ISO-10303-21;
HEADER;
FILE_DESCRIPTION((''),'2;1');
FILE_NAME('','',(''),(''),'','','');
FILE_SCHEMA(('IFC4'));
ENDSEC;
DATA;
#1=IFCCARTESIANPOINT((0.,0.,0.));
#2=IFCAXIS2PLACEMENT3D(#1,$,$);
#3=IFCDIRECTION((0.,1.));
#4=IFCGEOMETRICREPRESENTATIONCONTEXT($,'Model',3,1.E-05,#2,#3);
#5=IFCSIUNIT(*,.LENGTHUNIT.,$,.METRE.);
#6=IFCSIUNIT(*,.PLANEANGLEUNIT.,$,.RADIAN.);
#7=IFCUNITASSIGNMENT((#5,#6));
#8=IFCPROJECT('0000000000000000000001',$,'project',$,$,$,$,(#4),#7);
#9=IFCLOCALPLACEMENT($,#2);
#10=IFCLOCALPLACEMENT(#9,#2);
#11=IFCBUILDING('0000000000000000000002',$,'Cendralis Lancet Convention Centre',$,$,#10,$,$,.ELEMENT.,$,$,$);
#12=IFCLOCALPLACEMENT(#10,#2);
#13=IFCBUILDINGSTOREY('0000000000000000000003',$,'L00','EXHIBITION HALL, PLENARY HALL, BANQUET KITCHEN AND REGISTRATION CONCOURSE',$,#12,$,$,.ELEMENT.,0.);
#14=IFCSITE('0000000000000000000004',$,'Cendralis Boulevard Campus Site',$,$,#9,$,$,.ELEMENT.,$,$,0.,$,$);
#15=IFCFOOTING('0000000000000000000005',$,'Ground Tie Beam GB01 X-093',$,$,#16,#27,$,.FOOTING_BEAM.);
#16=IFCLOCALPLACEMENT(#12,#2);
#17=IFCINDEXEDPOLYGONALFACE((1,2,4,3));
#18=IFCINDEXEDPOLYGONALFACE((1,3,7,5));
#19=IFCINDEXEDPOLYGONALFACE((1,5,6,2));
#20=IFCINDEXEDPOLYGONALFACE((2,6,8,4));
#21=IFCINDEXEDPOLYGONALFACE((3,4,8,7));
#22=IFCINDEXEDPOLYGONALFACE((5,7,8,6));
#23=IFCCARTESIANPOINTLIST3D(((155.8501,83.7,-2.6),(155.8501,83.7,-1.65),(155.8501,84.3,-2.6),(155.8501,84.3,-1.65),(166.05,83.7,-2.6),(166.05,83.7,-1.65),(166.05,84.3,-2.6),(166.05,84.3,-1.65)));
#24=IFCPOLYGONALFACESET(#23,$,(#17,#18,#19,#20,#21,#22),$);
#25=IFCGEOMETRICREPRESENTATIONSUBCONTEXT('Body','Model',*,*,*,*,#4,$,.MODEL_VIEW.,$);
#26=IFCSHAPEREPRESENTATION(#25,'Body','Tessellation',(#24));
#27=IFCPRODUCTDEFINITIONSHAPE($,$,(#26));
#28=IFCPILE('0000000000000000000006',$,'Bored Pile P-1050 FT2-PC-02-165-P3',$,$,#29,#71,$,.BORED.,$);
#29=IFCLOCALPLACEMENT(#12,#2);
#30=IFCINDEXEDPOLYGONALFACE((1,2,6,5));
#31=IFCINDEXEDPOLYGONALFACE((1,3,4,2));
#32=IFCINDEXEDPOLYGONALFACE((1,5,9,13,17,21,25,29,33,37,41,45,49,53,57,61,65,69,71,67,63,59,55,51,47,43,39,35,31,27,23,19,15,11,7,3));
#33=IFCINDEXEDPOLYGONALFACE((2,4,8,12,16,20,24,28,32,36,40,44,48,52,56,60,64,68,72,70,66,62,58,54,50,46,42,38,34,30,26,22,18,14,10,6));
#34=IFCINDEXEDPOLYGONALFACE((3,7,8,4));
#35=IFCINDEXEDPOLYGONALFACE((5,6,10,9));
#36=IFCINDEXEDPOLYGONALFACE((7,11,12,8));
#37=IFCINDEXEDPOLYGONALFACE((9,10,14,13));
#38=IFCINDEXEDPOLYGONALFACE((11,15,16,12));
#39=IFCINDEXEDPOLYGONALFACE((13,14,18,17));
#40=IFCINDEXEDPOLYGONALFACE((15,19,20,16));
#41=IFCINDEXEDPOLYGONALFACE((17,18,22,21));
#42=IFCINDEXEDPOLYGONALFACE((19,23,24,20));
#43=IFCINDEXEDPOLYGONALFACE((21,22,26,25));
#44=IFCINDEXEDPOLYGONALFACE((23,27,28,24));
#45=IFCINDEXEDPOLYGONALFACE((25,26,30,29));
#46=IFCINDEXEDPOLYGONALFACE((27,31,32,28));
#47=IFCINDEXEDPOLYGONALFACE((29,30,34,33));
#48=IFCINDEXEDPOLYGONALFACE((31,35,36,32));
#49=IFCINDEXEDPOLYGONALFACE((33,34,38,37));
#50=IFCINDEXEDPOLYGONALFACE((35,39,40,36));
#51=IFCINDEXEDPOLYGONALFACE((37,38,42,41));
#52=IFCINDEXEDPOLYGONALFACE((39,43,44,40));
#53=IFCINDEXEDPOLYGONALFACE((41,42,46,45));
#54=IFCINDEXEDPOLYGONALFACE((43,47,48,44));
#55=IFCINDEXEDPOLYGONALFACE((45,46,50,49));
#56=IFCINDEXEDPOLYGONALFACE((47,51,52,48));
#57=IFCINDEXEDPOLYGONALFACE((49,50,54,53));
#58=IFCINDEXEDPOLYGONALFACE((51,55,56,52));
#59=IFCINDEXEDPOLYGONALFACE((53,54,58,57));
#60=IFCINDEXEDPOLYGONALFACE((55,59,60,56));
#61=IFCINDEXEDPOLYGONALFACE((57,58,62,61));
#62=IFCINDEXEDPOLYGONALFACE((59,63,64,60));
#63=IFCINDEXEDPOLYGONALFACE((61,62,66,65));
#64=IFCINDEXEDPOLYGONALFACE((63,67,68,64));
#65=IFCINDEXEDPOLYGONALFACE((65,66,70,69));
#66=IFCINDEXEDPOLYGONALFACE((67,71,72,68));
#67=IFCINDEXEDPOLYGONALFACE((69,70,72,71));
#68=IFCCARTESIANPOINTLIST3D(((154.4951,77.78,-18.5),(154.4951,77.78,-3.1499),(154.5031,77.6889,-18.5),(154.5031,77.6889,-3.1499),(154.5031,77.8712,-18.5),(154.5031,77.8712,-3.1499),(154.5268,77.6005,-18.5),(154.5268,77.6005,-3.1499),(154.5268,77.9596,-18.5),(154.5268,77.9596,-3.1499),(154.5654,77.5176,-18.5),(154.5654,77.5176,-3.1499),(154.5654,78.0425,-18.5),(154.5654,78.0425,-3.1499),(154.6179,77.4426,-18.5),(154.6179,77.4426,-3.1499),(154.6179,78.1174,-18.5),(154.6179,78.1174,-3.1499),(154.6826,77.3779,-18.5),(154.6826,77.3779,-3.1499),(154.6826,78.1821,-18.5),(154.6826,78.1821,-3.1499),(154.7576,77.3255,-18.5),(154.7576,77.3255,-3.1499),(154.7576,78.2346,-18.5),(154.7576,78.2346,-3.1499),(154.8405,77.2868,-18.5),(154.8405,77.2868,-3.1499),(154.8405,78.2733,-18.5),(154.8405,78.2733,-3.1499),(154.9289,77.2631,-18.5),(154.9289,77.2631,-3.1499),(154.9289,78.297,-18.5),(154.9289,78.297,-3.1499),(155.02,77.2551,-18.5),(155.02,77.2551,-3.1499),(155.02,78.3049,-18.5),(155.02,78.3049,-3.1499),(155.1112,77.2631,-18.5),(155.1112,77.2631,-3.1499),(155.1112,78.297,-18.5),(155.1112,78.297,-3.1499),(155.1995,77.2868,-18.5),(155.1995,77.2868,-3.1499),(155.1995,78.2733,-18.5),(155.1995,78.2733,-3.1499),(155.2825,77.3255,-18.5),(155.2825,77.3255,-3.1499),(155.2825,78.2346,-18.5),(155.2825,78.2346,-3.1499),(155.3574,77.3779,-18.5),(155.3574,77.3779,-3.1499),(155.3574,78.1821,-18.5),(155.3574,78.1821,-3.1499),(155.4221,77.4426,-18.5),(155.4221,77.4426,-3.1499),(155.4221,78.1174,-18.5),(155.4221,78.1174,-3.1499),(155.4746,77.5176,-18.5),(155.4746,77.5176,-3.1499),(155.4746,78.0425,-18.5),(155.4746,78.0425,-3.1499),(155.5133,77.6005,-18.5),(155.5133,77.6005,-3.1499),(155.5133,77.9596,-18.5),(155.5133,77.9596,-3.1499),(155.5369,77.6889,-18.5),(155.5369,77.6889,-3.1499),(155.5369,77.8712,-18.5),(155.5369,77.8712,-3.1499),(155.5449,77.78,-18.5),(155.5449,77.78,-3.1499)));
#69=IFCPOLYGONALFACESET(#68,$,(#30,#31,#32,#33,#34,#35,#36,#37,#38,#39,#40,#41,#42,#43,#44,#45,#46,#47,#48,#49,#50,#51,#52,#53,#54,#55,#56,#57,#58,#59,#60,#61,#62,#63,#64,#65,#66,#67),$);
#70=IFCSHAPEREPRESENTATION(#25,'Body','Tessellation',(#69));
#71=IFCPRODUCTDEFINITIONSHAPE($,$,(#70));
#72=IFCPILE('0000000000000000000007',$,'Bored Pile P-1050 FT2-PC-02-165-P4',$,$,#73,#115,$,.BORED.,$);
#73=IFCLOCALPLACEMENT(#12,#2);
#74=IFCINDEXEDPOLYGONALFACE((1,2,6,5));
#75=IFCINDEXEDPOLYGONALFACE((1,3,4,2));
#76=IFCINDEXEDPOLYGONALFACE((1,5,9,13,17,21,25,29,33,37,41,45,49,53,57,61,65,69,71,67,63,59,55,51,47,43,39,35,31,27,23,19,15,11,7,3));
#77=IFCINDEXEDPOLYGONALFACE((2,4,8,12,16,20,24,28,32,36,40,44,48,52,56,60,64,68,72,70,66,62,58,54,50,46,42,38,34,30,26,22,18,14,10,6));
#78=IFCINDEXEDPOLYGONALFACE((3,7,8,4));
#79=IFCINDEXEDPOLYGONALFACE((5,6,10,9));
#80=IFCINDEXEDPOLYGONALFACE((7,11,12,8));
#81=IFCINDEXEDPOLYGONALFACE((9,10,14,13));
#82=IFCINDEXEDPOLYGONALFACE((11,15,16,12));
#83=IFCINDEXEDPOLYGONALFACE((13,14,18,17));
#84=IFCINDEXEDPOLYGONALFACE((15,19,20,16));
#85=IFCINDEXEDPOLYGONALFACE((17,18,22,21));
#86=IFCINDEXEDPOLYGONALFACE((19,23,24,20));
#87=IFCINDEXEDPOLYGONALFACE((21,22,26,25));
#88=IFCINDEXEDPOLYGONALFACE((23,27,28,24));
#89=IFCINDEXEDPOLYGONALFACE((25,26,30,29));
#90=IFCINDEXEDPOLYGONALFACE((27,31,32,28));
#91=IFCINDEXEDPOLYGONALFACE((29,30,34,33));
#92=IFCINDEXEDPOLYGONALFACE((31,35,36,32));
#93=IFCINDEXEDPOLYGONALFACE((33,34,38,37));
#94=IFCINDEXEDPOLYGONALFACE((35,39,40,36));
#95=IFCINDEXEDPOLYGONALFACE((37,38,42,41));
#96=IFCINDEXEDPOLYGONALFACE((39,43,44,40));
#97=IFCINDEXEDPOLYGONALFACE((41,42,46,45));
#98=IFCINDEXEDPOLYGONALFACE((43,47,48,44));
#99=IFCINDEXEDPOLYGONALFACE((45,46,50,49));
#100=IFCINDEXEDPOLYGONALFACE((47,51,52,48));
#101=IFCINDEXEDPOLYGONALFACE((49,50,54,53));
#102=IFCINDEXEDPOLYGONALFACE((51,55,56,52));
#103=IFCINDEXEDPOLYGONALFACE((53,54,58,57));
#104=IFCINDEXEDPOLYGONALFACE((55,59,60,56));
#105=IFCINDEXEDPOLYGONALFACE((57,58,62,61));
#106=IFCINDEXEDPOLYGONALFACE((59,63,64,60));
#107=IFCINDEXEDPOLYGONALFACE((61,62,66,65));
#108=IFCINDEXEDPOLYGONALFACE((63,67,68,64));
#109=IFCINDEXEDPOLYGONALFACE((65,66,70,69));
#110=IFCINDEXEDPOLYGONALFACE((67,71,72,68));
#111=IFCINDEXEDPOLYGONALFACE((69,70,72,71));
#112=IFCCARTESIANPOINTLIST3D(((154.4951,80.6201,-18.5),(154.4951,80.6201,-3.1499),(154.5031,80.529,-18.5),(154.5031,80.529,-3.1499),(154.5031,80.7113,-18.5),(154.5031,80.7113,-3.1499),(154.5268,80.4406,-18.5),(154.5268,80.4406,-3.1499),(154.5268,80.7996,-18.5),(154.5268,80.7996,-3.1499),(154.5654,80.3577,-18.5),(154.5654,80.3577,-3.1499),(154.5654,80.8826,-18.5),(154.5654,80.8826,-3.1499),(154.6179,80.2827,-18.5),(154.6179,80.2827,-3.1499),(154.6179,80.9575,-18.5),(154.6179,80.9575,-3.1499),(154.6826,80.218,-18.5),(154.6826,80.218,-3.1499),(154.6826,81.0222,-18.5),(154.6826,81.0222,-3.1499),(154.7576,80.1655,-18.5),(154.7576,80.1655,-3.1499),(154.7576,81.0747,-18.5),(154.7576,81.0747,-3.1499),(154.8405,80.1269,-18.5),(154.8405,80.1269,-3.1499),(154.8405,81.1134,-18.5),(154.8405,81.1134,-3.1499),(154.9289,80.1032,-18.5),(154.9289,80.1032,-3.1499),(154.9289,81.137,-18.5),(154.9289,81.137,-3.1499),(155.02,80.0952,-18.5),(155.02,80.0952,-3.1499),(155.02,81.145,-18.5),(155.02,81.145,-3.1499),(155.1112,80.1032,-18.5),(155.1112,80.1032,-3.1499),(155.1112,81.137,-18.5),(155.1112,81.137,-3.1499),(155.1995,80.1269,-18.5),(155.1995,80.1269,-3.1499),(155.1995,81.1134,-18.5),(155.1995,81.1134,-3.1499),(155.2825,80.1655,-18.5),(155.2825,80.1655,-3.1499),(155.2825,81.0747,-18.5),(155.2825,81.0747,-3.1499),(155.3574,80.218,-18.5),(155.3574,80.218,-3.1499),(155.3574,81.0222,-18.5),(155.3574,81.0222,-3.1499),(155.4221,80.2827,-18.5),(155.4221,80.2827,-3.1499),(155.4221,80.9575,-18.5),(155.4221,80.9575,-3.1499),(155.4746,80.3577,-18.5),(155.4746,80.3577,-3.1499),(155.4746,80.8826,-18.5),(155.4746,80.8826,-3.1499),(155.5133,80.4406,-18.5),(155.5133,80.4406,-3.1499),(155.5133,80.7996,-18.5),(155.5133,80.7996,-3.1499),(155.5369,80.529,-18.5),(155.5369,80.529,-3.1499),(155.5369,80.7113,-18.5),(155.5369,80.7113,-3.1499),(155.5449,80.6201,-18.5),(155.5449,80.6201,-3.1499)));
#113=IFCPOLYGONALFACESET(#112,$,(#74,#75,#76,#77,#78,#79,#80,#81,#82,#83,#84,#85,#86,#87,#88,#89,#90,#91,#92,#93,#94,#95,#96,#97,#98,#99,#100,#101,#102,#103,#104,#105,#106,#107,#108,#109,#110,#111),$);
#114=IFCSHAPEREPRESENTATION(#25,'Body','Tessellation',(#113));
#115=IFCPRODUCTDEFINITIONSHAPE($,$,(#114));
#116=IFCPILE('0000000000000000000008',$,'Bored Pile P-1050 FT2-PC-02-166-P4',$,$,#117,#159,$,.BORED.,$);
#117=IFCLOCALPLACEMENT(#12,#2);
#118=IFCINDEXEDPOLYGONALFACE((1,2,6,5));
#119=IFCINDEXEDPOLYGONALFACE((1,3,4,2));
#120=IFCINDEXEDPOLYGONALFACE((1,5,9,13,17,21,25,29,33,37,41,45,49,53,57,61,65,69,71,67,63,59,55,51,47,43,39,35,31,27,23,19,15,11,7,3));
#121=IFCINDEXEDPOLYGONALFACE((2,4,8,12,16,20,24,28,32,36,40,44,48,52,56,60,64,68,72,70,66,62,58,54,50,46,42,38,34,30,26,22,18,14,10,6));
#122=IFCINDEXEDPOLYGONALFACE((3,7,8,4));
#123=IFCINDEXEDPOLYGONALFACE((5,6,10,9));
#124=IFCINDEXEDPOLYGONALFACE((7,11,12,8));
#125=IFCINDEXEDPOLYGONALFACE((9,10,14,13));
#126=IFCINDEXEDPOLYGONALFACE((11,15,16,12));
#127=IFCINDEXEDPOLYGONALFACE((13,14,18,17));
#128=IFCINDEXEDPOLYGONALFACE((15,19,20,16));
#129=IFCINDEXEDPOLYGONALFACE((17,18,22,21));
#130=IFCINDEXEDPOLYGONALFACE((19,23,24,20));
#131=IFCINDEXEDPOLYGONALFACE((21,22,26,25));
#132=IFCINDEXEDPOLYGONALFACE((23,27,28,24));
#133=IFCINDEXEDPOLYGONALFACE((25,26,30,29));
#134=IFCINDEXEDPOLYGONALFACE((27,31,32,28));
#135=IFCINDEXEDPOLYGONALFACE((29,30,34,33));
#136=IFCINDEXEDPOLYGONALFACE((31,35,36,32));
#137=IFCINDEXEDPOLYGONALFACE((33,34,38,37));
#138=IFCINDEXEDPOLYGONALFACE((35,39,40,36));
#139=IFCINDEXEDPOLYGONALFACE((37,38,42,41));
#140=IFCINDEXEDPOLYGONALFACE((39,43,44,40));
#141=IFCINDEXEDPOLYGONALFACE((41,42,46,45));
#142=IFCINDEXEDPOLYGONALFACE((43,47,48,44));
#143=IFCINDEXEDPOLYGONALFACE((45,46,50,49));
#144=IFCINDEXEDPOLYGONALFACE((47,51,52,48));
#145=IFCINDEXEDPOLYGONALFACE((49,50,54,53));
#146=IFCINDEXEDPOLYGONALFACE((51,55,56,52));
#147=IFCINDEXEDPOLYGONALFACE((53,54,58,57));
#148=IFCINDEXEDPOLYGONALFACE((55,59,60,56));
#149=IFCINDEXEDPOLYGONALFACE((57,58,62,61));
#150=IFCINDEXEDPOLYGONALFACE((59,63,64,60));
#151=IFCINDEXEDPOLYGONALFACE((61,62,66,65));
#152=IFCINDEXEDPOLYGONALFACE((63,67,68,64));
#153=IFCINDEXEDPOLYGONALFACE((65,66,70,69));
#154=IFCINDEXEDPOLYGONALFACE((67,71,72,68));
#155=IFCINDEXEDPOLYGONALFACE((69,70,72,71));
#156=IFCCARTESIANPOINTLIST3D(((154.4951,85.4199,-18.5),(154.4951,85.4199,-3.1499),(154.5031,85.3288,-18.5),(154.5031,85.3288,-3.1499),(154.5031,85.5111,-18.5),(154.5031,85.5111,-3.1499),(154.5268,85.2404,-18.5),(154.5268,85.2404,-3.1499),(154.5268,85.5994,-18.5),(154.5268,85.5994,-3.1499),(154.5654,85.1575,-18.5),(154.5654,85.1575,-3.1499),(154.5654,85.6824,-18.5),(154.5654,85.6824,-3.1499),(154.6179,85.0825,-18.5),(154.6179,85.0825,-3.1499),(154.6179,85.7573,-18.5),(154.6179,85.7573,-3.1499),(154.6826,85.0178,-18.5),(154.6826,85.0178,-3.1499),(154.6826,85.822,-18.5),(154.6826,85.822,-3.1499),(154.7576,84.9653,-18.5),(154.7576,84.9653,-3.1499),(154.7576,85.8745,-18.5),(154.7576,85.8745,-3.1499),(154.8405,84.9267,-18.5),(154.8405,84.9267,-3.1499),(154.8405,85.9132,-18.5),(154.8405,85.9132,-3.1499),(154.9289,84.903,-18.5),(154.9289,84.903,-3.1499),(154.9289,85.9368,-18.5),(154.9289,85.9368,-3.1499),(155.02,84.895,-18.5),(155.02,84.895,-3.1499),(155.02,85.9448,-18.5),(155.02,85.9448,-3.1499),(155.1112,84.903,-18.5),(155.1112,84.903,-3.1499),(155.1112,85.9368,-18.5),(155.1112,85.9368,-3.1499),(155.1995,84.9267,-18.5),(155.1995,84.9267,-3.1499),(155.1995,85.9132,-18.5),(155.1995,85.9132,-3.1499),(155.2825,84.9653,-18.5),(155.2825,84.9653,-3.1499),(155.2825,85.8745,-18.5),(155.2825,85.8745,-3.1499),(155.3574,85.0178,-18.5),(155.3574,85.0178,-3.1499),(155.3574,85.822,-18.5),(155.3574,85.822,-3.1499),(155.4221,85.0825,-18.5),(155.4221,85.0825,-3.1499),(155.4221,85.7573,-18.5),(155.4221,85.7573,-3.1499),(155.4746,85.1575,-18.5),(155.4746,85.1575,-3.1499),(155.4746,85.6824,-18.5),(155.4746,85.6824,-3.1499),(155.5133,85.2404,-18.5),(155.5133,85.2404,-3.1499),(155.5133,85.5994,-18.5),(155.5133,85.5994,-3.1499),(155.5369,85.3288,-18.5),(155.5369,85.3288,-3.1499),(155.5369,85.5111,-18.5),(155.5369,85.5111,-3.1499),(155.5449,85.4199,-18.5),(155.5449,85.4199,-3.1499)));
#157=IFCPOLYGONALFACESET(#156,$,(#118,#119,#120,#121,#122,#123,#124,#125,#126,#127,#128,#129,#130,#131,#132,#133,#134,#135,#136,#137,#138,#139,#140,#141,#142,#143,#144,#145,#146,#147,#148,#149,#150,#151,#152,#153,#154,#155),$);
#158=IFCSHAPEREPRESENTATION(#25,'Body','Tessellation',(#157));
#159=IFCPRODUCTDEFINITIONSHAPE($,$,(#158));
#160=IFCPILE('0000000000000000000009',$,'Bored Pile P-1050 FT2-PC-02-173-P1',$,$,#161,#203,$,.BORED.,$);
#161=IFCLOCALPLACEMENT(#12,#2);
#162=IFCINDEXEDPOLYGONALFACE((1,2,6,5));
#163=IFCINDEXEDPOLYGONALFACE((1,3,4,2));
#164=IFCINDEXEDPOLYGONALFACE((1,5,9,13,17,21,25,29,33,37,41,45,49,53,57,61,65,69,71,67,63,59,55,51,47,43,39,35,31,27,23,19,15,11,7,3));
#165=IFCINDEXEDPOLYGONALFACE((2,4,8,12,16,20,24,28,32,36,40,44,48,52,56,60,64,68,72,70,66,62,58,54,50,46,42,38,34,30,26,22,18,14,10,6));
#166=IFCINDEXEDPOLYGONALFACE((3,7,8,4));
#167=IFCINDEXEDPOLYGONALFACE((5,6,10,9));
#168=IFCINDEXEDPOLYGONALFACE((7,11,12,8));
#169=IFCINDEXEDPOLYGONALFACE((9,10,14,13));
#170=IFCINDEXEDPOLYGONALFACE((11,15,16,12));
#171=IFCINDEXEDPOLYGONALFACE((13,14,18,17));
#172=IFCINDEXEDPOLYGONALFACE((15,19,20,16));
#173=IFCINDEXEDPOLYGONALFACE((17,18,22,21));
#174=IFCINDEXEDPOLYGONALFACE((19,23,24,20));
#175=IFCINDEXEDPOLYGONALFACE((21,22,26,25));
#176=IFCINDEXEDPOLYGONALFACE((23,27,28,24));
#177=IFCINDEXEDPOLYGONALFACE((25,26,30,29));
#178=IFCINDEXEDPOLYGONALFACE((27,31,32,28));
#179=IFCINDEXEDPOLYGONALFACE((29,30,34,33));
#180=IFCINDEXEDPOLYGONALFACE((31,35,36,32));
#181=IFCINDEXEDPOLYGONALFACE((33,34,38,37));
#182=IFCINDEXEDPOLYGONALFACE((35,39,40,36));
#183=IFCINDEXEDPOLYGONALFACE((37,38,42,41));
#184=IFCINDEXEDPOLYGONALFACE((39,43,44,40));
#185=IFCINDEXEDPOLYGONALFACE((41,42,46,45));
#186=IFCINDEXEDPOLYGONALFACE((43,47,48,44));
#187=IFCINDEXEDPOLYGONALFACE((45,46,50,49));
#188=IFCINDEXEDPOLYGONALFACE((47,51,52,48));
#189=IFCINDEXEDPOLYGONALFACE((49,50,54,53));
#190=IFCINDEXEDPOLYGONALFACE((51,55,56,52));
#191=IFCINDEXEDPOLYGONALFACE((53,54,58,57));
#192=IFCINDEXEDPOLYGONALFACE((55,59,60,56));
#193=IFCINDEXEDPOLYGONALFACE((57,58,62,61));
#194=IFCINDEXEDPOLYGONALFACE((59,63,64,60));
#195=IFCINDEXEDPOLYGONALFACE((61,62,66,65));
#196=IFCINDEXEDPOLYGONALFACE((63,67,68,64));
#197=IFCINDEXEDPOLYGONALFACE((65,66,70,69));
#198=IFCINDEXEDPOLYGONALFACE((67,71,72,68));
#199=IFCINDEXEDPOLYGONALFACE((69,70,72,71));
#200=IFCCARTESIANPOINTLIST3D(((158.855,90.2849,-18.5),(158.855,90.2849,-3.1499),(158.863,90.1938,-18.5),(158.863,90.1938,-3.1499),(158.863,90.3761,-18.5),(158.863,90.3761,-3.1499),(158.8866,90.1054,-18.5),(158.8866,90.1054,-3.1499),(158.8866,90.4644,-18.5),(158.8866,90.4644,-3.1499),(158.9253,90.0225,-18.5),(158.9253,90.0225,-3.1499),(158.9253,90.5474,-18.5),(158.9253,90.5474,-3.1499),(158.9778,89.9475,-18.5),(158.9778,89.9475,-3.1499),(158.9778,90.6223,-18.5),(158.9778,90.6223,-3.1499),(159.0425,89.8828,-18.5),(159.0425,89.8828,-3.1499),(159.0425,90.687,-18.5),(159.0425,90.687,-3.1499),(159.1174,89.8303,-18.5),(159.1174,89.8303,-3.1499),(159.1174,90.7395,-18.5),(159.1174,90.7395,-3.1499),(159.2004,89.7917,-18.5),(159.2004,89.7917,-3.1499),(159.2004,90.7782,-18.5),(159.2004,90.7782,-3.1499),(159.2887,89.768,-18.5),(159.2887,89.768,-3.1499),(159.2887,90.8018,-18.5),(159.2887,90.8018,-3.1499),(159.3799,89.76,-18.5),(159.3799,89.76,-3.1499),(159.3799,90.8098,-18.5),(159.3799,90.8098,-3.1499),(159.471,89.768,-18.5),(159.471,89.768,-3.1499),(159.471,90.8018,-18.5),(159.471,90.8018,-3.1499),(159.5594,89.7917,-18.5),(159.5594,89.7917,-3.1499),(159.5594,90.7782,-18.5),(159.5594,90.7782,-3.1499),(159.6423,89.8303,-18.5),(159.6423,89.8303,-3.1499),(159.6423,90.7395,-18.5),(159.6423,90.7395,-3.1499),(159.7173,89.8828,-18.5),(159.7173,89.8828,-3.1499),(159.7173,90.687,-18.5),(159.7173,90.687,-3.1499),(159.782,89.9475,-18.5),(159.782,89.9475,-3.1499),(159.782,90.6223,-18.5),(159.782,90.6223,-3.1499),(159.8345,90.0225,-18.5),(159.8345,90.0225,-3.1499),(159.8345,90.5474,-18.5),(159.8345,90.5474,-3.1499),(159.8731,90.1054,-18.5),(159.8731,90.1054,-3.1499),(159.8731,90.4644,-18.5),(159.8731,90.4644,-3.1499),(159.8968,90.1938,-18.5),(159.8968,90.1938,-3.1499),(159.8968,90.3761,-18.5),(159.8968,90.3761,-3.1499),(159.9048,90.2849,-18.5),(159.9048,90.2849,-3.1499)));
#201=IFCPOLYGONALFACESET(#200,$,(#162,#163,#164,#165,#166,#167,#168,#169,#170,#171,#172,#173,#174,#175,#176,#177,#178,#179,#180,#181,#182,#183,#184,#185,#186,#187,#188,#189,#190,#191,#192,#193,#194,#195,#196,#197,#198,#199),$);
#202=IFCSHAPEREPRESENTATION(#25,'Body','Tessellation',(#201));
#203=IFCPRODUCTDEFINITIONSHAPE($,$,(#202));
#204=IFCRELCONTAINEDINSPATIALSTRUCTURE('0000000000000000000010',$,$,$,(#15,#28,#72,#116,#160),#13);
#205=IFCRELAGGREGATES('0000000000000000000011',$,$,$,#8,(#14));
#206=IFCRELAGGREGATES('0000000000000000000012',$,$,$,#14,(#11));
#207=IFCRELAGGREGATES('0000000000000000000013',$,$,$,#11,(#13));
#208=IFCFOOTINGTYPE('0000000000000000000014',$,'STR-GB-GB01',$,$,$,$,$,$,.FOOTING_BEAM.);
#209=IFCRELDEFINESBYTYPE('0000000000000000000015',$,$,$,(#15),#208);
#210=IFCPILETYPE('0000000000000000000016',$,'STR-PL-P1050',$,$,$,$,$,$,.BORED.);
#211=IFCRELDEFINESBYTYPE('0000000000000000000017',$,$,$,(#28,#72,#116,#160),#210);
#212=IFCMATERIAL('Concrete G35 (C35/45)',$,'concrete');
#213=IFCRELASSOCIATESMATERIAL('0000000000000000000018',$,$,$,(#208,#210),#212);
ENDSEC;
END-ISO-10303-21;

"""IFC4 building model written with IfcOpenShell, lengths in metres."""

from ifc_helpers import new_model, si_unit, direction, frame, origin, origin_2d, place, context, subcontext, project, spatial, rectangle, circle, extrude, material, material_profile, profile_set, type_object, element, save


model = new_model("IFC4")

# Units and contexts
model_context = context("Model", 3, precision=1e-05, world=origin(), true_north=direction((0.0, 1.0)))
body_context = subcontext(model_context, "Body", "Model", "MODEL_VIEW")
ifc_project = project(units=[si_unit("LENGTHUNIT", "METRE"), si_unit("PLANEANGLEUNIT", "RADIAN")], contexts=[model_context])

# Site, building, storey
site_placement = place(None, origin())
site = spatial("IfcSite", under=ifc_project, at=site_placement, Name="Cendralis Boulevard Campus Site", CompositionType="ELEMENT", RefElevation=0.0)
building_placement = place(site_placement, origin())
building = spatial("IfcBuilding", under=site, at=building_placement, Name="Cendralis Lancet Convention Centre", CompositionType="ELEMENT")
storey_placement = place(building_placement, origin())
storey = spatial("IfcBuildingStorey", under=building, at=storey_placement, Name="L00", Description="EXHIBITION HALL, PLENARY HALL, BANQUET KITCHEN AND REGISTRATION CONCOURSE", CompositionType="ELEMENT", Elevation=0.0)

# Footing
ifc_material_1 = material(Name="Concrete G35 (C35/45)", Category="concrete")
ifc_material_profile_1 = material_profile(ifc_material_1, rectangle(XDim=0.6001, YDim=0.95, at=origin_2d()), Name="RCB 600x950")
ifc_profile_set_1 = profile_set([ifc_material_profile_1], Name="Concrete G35 (C35/45)")
footing_type = type_object("IfcFootingType", Name="STR-GB-GB01", PredefinedType="FOOTING_BEAM", material=ifc_profile_set_1)
footing_placement = place(storey_placement, frame((155.8501, 84.0, -2.125), z_axis=(1.0, 0.0, 0.0), x_axis=(0.0, 1.0, 0.0)))
element("IfcFooting", 1, at=footing_placement, inside=storey, type_object=footing_type, Name="Ground Tie Beam GB01 X-093", PredefinedType="FOOTING_BEAM", context=body_context, shape_type="SweptSolid", body=[
    extrude(rectangle(XDim=0.6001, YDim=0.95, at=origin_2d()), origin(), (0.0, 0.0, 1.0), 10.2),
])

# Piles
ifc_material_profile_2 = material_profile(ifc_material_1, circle(Radius=0.5249, at=origin_2d()), Name="BORED PILE D1050")
ifc_profile_set_2 = profile_set([ifc_material_profile_2], Name="Concrete G35 (C35/45)")
pile_type_1 = type_object("IfcPileType", Name="STR-PL-P1050", PredefinedType="BORED", material=ifc_profile_set_2)
for number, where, z_axis, x_axis, name in (
    (2, (155.02, 77.78, -3.1499), (0.0, 0.0, -1.0), (1.0, 0.0, 0.0), "Bored Pile P-1050 FT2-PC-02-165-P3"),
    (3, (155.02, 80.6201, -3.1499), (0.0, 0.0, -1.0), (1.0, 0.0, 0.0), "Bored Pile P-1050 FT2-PC-02-165-P4"),
    (4, (155.02, 85.4199, -3.1499), (0.0, 0.0, -1.0), (1.0, 0.0, 0.0), "Bored Pile P-1050 FT2-PC-02-166-P4"),
    (5, (159.3799, 90.2849, -3.1499), (0.0, 0.0, -1.0), (1.0, 0.0, 0.0), "Bored Pile P-1050 FT2-PC-02-173-P1"),
):
    element("IfcPile", number, at=place(storey_placement, frame(where, z_axis=z_axis, x_axis=x_axis)), inside=storey, type_object=pile_type_1, Name=name, PredefinedType="BORED", context=body_context, shape_type="SweptSolid", body=[
        extrude(circle(Radius=0.5249, at=origin_2d()), origin(), (0.0, 0.0, 1.0), 15.3501),
    ])

save(model, "model.ifc")
